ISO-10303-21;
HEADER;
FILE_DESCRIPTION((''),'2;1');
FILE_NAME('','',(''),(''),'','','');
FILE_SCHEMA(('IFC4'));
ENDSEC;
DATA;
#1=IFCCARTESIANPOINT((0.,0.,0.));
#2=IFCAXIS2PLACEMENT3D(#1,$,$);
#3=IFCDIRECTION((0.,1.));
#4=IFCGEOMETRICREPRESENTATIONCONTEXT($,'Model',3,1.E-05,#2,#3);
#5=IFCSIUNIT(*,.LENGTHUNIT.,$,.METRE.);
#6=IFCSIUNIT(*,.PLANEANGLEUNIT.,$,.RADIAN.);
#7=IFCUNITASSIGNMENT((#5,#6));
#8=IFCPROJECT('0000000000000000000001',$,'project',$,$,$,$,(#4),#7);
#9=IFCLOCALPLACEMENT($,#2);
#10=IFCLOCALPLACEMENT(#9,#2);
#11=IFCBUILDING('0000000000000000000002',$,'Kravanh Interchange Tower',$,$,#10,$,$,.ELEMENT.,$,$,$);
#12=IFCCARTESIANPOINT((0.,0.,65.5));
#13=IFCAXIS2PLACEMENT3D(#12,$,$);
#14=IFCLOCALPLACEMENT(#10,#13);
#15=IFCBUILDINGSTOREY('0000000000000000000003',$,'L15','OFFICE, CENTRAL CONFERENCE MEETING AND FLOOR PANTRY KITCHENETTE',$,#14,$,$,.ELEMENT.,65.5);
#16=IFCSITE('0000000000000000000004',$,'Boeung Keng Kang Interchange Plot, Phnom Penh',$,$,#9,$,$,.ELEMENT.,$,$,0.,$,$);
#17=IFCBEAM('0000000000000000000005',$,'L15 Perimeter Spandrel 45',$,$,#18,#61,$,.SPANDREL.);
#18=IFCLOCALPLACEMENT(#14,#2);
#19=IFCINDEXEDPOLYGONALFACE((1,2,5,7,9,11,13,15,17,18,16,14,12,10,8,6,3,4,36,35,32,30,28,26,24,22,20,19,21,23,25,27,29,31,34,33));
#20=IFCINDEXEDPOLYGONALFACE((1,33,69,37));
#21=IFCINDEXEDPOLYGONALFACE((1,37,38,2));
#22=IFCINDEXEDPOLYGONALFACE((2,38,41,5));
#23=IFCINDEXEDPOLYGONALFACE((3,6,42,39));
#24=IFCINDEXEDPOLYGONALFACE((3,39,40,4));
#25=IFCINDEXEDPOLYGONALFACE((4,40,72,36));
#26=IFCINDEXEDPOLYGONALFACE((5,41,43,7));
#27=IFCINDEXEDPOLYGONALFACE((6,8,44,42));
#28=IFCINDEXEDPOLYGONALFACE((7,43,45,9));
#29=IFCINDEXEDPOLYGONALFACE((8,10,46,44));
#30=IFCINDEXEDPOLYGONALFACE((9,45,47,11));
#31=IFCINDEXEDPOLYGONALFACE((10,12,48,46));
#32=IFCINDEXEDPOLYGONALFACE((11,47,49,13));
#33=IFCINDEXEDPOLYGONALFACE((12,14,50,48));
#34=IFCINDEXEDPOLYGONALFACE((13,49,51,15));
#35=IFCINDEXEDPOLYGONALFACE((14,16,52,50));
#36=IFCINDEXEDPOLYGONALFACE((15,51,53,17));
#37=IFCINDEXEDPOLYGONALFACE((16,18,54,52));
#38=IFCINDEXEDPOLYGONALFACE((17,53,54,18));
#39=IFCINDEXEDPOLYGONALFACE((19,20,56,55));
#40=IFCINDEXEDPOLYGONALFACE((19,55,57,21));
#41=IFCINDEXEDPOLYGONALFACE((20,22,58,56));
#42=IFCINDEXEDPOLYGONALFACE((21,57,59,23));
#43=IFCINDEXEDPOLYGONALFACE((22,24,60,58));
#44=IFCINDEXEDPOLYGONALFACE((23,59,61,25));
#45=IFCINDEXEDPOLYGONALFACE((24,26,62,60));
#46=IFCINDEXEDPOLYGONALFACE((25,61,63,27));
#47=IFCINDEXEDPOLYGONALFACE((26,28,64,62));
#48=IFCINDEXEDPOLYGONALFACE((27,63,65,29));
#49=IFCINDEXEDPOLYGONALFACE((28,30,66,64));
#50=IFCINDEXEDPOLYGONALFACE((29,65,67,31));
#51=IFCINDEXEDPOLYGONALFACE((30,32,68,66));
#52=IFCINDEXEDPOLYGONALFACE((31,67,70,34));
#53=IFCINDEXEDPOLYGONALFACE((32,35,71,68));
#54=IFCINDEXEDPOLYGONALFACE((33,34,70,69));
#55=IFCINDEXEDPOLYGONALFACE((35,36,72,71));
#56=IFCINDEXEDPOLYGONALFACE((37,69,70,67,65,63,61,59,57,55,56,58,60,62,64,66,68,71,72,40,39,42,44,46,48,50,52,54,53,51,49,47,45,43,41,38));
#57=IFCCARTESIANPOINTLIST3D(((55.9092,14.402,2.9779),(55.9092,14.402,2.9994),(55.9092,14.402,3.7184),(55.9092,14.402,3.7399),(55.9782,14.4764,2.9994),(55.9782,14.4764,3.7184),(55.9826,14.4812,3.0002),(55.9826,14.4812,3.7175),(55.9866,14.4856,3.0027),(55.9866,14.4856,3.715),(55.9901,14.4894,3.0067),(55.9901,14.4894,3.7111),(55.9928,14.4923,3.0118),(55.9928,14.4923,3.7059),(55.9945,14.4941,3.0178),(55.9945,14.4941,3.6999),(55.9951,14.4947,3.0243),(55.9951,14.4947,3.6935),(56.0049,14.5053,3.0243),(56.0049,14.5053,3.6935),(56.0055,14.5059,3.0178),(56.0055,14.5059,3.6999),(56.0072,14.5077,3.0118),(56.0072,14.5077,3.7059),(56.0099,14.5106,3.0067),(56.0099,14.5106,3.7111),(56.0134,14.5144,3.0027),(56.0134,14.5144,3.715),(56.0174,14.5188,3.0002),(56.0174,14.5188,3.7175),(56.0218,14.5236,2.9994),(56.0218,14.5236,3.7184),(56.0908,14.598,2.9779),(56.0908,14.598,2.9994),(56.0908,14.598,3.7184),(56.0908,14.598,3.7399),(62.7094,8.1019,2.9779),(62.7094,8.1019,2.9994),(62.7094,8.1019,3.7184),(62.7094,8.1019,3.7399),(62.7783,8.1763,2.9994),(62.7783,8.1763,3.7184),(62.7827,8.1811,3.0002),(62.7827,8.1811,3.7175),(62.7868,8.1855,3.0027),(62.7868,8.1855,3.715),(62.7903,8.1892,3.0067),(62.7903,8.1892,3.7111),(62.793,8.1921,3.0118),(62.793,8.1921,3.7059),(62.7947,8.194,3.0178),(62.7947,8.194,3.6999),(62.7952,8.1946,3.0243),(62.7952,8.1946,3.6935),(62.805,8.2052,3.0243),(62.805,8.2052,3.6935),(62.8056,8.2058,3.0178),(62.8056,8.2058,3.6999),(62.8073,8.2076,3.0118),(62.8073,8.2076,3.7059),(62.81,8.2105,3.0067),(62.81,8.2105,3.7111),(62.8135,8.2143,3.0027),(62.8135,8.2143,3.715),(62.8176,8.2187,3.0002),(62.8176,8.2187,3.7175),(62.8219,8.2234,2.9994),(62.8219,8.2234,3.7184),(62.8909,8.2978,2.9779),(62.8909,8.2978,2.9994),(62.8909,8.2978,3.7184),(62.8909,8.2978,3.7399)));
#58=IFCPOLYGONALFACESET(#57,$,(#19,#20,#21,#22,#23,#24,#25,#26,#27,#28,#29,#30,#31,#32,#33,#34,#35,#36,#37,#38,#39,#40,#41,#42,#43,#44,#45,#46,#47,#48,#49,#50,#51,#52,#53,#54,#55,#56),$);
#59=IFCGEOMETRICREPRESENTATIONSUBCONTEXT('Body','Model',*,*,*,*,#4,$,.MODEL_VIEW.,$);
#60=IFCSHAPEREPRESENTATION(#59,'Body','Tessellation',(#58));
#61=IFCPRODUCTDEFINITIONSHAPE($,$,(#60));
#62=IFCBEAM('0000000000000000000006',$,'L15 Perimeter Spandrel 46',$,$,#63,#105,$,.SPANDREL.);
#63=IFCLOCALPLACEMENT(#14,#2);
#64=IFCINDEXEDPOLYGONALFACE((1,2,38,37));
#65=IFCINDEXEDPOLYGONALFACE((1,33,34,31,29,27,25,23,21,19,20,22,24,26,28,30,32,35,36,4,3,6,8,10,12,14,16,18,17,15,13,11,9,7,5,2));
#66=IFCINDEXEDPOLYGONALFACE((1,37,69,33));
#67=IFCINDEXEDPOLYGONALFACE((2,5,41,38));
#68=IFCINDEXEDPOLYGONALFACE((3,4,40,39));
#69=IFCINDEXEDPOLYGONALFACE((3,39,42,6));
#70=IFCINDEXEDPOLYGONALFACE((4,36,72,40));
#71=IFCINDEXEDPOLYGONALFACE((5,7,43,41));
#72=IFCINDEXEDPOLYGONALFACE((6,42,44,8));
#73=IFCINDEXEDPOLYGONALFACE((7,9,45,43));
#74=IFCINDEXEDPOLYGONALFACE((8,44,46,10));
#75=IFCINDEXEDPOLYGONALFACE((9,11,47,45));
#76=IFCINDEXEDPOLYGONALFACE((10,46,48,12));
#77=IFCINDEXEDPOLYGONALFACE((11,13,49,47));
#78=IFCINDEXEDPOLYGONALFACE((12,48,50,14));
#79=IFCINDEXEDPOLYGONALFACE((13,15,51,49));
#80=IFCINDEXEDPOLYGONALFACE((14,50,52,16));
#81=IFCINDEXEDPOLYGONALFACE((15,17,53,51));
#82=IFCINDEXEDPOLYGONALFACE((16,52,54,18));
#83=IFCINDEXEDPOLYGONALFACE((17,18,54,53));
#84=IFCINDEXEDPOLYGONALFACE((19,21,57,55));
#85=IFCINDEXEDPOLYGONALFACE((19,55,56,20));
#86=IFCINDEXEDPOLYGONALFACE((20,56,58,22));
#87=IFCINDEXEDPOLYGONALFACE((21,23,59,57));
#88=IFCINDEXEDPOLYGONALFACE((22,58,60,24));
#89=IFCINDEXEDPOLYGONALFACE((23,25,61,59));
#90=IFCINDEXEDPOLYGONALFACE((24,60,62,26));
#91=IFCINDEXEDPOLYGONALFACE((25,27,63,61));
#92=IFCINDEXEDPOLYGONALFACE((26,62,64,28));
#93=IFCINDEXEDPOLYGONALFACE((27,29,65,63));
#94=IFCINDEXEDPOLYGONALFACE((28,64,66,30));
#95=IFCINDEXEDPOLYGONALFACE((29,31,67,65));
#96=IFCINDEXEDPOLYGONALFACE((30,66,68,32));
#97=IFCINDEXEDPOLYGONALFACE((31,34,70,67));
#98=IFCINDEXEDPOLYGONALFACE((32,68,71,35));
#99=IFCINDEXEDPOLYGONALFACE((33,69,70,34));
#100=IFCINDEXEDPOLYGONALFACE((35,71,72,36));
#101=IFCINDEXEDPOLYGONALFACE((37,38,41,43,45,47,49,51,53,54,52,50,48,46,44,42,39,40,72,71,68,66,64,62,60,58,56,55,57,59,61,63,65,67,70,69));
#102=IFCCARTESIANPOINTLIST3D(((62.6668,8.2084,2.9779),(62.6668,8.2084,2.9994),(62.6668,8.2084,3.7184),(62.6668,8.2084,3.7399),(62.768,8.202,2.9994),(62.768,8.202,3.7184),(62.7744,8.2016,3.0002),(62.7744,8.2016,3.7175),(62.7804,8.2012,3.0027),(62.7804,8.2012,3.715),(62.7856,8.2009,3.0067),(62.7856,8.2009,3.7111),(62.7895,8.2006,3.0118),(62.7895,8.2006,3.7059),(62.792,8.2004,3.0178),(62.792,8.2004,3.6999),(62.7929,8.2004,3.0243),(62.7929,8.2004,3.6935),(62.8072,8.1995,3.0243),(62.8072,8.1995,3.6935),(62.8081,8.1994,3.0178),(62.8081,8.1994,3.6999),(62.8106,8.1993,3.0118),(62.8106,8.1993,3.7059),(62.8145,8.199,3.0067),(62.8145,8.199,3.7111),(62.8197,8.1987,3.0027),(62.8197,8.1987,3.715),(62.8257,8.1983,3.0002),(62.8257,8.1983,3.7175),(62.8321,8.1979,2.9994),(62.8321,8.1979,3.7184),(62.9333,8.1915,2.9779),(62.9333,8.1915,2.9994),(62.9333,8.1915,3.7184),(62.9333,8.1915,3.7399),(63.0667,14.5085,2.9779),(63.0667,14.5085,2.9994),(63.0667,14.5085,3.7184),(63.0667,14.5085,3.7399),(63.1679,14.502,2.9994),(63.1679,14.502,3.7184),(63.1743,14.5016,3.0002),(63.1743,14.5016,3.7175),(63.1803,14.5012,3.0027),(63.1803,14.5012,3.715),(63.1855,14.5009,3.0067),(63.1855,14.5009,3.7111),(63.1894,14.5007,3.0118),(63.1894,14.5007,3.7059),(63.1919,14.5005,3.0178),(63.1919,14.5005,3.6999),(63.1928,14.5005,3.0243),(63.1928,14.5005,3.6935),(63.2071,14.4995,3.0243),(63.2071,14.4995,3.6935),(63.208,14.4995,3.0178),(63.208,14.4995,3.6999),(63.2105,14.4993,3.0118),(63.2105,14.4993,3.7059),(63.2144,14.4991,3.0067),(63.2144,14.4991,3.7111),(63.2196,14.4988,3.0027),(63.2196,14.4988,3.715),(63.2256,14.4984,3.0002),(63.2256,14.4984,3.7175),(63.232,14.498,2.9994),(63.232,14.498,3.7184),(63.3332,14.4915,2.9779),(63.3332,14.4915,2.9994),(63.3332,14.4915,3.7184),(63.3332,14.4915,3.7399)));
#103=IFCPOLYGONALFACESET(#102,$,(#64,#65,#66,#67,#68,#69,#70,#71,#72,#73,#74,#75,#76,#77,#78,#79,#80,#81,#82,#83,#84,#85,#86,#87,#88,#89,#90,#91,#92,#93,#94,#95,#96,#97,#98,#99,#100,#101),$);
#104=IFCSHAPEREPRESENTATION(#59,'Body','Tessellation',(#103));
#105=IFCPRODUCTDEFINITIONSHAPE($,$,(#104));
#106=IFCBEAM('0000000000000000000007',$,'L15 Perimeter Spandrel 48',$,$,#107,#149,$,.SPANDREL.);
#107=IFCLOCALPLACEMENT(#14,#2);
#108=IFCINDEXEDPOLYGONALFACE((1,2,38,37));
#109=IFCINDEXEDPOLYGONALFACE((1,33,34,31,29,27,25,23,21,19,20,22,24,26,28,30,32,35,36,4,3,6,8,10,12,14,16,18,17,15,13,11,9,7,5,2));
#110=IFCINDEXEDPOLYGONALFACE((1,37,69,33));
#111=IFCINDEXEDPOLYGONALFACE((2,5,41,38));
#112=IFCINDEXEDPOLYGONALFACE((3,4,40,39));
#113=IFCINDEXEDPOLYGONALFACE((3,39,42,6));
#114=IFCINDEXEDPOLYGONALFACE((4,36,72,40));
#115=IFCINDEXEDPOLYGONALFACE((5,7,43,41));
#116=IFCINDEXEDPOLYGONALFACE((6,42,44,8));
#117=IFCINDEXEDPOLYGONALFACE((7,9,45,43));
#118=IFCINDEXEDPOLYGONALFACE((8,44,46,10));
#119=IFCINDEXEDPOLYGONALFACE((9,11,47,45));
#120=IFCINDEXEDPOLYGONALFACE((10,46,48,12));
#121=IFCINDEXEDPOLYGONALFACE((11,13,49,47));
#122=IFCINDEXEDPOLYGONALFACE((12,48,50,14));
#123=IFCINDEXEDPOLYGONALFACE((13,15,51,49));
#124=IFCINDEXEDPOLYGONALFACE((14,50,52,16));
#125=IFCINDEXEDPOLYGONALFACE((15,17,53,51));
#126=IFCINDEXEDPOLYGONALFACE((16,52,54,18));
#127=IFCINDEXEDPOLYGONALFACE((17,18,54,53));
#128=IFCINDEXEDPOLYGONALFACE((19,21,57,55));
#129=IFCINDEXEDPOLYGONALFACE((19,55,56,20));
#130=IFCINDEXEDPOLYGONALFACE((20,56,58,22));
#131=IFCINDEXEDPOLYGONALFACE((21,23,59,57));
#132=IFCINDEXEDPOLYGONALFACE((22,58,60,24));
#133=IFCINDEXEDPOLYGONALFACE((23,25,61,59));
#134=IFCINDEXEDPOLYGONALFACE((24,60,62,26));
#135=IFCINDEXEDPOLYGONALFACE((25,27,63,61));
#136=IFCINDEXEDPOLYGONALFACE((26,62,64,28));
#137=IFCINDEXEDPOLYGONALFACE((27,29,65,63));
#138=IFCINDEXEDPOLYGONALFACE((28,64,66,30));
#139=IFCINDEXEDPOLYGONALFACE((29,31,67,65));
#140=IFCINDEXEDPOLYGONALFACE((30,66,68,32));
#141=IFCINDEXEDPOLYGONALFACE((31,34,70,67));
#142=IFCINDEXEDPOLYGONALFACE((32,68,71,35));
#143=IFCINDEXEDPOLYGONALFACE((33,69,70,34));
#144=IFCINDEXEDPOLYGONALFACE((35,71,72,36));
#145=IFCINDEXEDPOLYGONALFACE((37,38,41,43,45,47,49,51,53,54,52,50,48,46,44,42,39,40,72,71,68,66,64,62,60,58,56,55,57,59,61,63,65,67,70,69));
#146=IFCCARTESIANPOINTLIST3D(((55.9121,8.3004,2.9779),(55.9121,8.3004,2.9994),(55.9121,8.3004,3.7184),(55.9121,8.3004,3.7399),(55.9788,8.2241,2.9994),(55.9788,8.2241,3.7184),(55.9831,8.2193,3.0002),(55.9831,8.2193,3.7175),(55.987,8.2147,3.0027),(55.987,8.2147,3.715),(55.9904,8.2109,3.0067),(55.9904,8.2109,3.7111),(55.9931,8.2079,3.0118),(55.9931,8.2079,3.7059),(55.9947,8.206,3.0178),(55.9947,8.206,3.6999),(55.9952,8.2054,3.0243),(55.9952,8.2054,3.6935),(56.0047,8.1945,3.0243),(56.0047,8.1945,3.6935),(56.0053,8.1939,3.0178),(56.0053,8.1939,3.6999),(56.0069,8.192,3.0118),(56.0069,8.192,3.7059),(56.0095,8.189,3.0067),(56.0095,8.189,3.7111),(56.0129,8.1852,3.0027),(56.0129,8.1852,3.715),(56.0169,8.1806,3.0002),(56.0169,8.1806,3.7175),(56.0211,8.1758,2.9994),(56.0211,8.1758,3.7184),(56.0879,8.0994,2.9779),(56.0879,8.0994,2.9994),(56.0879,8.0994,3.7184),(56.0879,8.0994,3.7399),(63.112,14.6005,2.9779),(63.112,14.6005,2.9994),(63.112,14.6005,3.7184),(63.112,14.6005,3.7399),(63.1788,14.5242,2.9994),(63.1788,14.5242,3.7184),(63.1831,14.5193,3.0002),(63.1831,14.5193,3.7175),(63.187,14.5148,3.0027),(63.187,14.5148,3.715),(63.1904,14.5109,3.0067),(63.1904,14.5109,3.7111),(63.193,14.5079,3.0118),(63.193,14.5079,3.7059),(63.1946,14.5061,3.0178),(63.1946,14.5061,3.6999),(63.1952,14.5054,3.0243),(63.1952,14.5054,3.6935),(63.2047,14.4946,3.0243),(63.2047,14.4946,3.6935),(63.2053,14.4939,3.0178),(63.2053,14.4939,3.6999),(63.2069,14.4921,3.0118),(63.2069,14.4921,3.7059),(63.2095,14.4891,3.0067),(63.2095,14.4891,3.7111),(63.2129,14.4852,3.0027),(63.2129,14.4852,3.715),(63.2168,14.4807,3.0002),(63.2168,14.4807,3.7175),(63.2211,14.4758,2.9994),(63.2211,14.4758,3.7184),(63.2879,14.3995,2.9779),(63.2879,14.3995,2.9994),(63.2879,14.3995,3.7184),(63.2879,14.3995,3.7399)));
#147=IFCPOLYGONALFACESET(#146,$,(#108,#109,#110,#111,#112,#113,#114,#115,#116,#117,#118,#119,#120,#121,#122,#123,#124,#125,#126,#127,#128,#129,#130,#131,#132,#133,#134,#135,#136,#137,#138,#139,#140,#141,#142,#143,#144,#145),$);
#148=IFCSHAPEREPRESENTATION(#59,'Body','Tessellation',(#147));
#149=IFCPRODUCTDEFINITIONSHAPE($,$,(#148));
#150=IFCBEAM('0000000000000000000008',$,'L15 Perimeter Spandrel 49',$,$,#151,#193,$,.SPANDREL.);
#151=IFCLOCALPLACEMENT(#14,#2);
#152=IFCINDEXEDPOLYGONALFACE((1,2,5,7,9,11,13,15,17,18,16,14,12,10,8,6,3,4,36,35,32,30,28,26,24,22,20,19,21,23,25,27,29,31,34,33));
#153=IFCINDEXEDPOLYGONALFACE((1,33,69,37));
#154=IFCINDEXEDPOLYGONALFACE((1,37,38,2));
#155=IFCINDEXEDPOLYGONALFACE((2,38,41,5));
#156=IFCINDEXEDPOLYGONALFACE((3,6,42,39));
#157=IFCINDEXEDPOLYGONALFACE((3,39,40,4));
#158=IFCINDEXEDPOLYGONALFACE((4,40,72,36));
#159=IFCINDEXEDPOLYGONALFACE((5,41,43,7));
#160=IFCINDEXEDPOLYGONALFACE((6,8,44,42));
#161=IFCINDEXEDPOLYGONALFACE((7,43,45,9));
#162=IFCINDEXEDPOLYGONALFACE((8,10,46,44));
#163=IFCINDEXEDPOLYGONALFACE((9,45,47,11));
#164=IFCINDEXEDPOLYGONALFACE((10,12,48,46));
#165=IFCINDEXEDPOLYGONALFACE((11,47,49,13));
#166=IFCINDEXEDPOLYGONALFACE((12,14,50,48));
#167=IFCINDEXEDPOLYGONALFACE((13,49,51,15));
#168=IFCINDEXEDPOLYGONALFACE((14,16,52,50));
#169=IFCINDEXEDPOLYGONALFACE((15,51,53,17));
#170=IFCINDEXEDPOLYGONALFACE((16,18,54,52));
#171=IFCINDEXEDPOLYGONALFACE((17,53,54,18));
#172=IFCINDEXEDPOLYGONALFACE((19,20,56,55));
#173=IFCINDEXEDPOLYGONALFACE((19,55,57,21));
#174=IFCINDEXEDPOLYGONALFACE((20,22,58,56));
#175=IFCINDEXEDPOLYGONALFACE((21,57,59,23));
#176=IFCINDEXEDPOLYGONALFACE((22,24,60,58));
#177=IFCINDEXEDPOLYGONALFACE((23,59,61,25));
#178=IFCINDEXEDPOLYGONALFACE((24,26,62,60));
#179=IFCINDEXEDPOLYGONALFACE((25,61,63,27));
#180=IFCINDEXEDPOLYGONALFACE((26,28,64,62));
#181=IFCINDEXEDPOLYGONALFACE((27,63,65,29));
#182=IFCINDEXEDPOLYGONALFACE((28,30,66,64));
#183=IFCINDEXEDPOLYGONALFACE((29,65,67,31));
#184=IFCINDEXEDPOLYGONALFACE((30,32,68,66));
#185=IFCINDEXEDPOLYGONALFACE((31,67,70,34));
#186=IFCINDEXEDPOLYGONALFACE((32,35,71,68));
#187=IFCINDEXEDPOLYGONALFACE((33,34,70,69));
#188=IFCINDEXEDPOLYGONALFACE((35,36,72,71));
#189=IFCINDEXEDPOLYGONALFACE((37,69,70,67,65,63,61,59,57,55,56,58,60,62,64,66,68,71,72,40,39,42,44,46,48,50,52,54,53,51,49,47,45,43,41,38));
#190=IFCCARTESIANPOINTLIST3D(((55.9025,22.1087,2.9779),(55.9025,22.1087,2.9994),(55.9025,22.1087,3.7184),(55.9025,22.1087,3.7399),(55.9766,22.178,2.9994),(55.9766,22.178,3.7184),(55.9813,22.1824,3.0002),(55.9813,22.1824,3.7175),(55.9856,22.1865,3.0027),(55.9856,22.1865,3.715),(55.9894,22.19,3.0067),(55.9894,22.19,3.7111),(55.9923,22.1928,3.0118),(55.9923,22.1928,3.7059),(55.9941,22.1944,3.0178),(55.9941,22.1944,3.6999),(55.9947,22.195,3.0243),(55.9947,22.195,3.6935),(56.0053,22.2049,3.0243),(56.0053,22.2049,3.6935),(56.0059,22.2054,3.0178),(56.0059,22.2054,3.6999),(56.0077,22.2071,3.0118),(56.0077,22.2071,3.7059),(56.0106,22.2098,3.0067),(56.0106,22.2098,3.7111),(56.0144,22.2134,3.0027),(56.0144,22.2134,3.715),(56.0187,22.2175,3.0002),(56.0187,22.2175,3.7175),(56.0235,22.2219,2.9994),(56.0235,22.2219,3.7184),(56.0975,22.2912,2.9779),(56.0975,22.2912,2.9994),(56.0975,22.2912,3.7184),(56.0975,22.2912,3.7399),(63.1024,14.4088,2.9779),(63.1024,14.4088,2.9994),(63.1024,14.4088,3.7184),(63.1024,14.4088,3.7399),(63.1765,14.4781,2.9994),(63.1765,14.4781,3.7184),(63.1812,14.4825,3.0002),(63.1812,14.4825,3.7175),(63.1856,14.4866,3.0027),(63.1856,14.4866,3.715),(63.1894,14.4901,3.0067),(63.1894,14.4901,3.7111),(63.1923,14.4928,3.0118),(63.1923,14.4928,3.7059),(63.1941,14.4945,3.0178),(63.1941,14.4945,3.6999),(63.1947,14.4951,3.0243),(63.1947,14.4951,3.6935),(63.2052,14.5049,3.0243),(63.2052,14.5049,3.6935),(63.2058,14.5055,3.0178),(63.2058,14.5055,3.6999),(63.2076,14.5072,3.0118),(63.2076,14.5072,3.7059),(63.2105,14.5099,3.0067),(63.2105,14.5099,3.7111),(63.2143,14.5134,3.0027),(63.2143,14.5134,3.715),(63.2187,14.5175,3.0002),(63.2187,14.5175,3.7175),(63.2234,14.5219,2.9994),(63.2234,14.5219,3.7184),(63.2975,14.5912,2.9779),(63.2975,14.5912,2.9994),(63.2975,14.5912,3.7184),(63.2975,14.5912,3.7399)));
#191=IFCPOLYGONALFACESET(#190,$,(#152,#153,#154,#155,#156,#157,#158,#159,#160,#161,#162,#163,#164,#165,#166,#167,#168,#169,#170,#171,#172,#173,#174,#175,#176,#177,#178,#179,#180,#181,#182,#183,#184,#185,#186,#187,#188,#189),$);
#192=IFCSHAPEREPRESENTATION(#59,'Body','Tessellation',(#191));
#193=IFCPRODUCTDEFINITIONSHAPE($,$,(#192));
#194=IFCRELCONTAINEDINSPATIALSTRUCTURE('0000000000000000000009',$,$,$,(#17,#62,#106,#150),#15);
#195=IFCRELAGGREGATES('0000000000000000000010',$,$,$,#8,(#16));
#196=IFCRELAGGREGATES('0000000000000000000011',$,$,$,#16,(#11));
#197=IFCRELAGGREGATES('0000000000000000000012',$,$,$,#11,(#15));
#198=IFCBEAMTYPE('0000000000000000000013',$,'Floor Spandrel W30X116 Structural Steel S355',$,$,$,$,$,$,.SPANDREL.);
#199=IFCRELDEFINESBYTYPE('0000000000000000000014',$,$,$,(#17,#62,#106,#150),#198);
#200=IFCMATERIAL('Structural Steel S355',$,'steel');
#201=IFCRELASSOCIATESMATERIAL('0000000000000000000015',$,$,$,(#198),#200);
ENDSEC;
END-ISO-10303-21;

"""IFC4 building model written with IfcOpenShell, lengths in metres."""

from ifc_helpers import new_model, si_unit, direction, frame, origin, origin_2d, place, context, subcontext, project, spatial, i_section, extrude, material, material_profile, profile_set, type_object, element, save


model = new_model("IFC4")

# Units and contexts
model_context = context("Model", 3, precision=1e-05, world=origin(), true_north=direction((0.0, 1.0)))
body_context = subcontext(model_context, "Body", "Model", "MODEL_VIEW")
ifc_project = project(units=[si_unit("LENGTHUNIT", "METRE"), si_unit("PLANEANGLEUNIT", "RADIAN")], contexts=[model_context])

# Site, building, storey
site_placement = place(None, origin())
site = spatial("IfcSite", under=ifc_project, at=site_placement, Name="Boeung Keng Kang Interchange Plot, Phnom Penh", CompositionType="ELEMENT", RefElevation=0.0)
building_placement = place(site_placement, origin())
building = spatial("IfcBuilding", under=site, at=building_placement, Name="Kravanh Interchange Tower", CompositionType="ELEMENT")
storey_placement = place(building_placement, frame((0.0, 0.0, 65.5)))
storey = spatial("IfcBuildingStorey", under=building, at=storey_placement, Name="L15", Description="OFFICE, CENTRAL CONFERENCE MEETING AND FLOOR PANTRY KITCHENETTE", CompositionType="ELEMENT", Elevation=65.5)

# Beams
ifc_material_1 = material(Name="Structural Steel S355", Category="steel")
ifc_material_profile_1 = material_profile(ifc_material_1, i_section(OverallWidth=0.2671, OverallDepth=0.762, WebThickness=0.0144, FlangeThickness=0.0215, FilletRadius=0.0249, at=origin_2d()), Name="W30X116")
ifc_profile_set_1 = profile_set([ifc_material_profile_1], Name="Structural Steel S355")
beam_type_1 = type_object("IfcBeamType", Name="Floor Spandrel W30X116 Structural Steel S355", PredefinedType="SPANDREL", material=ifc_profile_set_1)
beam_1_placement = place(storey_placement, frame((56.0, 14.5, 3.3589), z_axis=(0.733561, -0.679623, 0.0), x_axis=(0.679623, 0.733561, 0.0)))
element("IfcBeam", 1, at=beam_1_placement, inside=storey, type_object=beam_type_1, Name="L15 Perimeter Spandrel 45", PredefinedType="SPANDREL", context=body_context, shape_type="SweptSolid", body=[
    extrude(i_section(OverallWidth=0.2671, OverallDepth=0.762, WebThickness=0.0144, FlangeThickness=0.0215, FilletRadius=0.0249, at=origin_2d()), origin(), (0.0, 0.0, 1.0), 9.27),
])
beam_2_placement = place(storey_placement, frame((63.2, 14.5, 3.3589), z_axis=(-0.063349, -0.997991, 0.0), x_axis=(0.997991, -0.063349, 0.0)))
element("IfcBeam", 2, at=beam_2_placement, inside=storey, type_object=beam_type_1, Name="L15 Perimeter Spandrel 46", PredefinedType="SPANDREL", context=body_context, shape_type="SweptSolid", body=[
    extrude(i_section(OverallWidth=0.2671, OverallDepth=0.762, WebThickness=0.0144, FlangeThickness=0.0215, FilletRadius=0.0249, at=origin_2d()), origin(), (0.0, 0.0, 1.0), 6.3127),
])
beam_3_placement = place(storey_placement, frame((63.2, 14.5, 3.3589), z_axis=(-0.752572, -0.65851, 0.0), x_axis=(0.65851, -0.752572, 0.0)))
element("IfcBeam", 3, at=beam_3_placement, inside=storey, type_object=beam_type_1, Name="L15 Perimeter Spandrel 48", PredefinedType="SPANDREL", context=body_context, shape_type="SweptSolid", body=[
    extrude(i_section(OverallWidth=0.2671, OverallDepth=0.762, WebThickness=0.0144, FlangeThickness=0.0215, FilletRadius=0.0249, at=origin_2d()), origin(), (0.0, 0.0, 1.0), 9.5671),
])
beam_4_placement = place(storey_placement, frame((63.2, 14.5, 3.3589), z_axis=(-0.682994, 0.730424, 0.0), x_axis=(-0.730424, -0.682994, 0.0)))
element("IfcBeam", 4, at=beam_4_placement, inside=storey, type_object=beam_type_1, Name="L15 Perimeter Spandrel 49", PredefinedType="SPANDREL", context=body_context, shape_type="SweptSolid", body=[
    extrude(i_section(OverallWidth=0.2671, OverallDepth=0.762, WebThickness=0.0144, FlangeThickness=0.0215, FilletRadius=0.0249, at=origin_2d()), origin(), (0.0, 0.0, 1.0), 10.5417),
])

save(model, "model.ifc")
